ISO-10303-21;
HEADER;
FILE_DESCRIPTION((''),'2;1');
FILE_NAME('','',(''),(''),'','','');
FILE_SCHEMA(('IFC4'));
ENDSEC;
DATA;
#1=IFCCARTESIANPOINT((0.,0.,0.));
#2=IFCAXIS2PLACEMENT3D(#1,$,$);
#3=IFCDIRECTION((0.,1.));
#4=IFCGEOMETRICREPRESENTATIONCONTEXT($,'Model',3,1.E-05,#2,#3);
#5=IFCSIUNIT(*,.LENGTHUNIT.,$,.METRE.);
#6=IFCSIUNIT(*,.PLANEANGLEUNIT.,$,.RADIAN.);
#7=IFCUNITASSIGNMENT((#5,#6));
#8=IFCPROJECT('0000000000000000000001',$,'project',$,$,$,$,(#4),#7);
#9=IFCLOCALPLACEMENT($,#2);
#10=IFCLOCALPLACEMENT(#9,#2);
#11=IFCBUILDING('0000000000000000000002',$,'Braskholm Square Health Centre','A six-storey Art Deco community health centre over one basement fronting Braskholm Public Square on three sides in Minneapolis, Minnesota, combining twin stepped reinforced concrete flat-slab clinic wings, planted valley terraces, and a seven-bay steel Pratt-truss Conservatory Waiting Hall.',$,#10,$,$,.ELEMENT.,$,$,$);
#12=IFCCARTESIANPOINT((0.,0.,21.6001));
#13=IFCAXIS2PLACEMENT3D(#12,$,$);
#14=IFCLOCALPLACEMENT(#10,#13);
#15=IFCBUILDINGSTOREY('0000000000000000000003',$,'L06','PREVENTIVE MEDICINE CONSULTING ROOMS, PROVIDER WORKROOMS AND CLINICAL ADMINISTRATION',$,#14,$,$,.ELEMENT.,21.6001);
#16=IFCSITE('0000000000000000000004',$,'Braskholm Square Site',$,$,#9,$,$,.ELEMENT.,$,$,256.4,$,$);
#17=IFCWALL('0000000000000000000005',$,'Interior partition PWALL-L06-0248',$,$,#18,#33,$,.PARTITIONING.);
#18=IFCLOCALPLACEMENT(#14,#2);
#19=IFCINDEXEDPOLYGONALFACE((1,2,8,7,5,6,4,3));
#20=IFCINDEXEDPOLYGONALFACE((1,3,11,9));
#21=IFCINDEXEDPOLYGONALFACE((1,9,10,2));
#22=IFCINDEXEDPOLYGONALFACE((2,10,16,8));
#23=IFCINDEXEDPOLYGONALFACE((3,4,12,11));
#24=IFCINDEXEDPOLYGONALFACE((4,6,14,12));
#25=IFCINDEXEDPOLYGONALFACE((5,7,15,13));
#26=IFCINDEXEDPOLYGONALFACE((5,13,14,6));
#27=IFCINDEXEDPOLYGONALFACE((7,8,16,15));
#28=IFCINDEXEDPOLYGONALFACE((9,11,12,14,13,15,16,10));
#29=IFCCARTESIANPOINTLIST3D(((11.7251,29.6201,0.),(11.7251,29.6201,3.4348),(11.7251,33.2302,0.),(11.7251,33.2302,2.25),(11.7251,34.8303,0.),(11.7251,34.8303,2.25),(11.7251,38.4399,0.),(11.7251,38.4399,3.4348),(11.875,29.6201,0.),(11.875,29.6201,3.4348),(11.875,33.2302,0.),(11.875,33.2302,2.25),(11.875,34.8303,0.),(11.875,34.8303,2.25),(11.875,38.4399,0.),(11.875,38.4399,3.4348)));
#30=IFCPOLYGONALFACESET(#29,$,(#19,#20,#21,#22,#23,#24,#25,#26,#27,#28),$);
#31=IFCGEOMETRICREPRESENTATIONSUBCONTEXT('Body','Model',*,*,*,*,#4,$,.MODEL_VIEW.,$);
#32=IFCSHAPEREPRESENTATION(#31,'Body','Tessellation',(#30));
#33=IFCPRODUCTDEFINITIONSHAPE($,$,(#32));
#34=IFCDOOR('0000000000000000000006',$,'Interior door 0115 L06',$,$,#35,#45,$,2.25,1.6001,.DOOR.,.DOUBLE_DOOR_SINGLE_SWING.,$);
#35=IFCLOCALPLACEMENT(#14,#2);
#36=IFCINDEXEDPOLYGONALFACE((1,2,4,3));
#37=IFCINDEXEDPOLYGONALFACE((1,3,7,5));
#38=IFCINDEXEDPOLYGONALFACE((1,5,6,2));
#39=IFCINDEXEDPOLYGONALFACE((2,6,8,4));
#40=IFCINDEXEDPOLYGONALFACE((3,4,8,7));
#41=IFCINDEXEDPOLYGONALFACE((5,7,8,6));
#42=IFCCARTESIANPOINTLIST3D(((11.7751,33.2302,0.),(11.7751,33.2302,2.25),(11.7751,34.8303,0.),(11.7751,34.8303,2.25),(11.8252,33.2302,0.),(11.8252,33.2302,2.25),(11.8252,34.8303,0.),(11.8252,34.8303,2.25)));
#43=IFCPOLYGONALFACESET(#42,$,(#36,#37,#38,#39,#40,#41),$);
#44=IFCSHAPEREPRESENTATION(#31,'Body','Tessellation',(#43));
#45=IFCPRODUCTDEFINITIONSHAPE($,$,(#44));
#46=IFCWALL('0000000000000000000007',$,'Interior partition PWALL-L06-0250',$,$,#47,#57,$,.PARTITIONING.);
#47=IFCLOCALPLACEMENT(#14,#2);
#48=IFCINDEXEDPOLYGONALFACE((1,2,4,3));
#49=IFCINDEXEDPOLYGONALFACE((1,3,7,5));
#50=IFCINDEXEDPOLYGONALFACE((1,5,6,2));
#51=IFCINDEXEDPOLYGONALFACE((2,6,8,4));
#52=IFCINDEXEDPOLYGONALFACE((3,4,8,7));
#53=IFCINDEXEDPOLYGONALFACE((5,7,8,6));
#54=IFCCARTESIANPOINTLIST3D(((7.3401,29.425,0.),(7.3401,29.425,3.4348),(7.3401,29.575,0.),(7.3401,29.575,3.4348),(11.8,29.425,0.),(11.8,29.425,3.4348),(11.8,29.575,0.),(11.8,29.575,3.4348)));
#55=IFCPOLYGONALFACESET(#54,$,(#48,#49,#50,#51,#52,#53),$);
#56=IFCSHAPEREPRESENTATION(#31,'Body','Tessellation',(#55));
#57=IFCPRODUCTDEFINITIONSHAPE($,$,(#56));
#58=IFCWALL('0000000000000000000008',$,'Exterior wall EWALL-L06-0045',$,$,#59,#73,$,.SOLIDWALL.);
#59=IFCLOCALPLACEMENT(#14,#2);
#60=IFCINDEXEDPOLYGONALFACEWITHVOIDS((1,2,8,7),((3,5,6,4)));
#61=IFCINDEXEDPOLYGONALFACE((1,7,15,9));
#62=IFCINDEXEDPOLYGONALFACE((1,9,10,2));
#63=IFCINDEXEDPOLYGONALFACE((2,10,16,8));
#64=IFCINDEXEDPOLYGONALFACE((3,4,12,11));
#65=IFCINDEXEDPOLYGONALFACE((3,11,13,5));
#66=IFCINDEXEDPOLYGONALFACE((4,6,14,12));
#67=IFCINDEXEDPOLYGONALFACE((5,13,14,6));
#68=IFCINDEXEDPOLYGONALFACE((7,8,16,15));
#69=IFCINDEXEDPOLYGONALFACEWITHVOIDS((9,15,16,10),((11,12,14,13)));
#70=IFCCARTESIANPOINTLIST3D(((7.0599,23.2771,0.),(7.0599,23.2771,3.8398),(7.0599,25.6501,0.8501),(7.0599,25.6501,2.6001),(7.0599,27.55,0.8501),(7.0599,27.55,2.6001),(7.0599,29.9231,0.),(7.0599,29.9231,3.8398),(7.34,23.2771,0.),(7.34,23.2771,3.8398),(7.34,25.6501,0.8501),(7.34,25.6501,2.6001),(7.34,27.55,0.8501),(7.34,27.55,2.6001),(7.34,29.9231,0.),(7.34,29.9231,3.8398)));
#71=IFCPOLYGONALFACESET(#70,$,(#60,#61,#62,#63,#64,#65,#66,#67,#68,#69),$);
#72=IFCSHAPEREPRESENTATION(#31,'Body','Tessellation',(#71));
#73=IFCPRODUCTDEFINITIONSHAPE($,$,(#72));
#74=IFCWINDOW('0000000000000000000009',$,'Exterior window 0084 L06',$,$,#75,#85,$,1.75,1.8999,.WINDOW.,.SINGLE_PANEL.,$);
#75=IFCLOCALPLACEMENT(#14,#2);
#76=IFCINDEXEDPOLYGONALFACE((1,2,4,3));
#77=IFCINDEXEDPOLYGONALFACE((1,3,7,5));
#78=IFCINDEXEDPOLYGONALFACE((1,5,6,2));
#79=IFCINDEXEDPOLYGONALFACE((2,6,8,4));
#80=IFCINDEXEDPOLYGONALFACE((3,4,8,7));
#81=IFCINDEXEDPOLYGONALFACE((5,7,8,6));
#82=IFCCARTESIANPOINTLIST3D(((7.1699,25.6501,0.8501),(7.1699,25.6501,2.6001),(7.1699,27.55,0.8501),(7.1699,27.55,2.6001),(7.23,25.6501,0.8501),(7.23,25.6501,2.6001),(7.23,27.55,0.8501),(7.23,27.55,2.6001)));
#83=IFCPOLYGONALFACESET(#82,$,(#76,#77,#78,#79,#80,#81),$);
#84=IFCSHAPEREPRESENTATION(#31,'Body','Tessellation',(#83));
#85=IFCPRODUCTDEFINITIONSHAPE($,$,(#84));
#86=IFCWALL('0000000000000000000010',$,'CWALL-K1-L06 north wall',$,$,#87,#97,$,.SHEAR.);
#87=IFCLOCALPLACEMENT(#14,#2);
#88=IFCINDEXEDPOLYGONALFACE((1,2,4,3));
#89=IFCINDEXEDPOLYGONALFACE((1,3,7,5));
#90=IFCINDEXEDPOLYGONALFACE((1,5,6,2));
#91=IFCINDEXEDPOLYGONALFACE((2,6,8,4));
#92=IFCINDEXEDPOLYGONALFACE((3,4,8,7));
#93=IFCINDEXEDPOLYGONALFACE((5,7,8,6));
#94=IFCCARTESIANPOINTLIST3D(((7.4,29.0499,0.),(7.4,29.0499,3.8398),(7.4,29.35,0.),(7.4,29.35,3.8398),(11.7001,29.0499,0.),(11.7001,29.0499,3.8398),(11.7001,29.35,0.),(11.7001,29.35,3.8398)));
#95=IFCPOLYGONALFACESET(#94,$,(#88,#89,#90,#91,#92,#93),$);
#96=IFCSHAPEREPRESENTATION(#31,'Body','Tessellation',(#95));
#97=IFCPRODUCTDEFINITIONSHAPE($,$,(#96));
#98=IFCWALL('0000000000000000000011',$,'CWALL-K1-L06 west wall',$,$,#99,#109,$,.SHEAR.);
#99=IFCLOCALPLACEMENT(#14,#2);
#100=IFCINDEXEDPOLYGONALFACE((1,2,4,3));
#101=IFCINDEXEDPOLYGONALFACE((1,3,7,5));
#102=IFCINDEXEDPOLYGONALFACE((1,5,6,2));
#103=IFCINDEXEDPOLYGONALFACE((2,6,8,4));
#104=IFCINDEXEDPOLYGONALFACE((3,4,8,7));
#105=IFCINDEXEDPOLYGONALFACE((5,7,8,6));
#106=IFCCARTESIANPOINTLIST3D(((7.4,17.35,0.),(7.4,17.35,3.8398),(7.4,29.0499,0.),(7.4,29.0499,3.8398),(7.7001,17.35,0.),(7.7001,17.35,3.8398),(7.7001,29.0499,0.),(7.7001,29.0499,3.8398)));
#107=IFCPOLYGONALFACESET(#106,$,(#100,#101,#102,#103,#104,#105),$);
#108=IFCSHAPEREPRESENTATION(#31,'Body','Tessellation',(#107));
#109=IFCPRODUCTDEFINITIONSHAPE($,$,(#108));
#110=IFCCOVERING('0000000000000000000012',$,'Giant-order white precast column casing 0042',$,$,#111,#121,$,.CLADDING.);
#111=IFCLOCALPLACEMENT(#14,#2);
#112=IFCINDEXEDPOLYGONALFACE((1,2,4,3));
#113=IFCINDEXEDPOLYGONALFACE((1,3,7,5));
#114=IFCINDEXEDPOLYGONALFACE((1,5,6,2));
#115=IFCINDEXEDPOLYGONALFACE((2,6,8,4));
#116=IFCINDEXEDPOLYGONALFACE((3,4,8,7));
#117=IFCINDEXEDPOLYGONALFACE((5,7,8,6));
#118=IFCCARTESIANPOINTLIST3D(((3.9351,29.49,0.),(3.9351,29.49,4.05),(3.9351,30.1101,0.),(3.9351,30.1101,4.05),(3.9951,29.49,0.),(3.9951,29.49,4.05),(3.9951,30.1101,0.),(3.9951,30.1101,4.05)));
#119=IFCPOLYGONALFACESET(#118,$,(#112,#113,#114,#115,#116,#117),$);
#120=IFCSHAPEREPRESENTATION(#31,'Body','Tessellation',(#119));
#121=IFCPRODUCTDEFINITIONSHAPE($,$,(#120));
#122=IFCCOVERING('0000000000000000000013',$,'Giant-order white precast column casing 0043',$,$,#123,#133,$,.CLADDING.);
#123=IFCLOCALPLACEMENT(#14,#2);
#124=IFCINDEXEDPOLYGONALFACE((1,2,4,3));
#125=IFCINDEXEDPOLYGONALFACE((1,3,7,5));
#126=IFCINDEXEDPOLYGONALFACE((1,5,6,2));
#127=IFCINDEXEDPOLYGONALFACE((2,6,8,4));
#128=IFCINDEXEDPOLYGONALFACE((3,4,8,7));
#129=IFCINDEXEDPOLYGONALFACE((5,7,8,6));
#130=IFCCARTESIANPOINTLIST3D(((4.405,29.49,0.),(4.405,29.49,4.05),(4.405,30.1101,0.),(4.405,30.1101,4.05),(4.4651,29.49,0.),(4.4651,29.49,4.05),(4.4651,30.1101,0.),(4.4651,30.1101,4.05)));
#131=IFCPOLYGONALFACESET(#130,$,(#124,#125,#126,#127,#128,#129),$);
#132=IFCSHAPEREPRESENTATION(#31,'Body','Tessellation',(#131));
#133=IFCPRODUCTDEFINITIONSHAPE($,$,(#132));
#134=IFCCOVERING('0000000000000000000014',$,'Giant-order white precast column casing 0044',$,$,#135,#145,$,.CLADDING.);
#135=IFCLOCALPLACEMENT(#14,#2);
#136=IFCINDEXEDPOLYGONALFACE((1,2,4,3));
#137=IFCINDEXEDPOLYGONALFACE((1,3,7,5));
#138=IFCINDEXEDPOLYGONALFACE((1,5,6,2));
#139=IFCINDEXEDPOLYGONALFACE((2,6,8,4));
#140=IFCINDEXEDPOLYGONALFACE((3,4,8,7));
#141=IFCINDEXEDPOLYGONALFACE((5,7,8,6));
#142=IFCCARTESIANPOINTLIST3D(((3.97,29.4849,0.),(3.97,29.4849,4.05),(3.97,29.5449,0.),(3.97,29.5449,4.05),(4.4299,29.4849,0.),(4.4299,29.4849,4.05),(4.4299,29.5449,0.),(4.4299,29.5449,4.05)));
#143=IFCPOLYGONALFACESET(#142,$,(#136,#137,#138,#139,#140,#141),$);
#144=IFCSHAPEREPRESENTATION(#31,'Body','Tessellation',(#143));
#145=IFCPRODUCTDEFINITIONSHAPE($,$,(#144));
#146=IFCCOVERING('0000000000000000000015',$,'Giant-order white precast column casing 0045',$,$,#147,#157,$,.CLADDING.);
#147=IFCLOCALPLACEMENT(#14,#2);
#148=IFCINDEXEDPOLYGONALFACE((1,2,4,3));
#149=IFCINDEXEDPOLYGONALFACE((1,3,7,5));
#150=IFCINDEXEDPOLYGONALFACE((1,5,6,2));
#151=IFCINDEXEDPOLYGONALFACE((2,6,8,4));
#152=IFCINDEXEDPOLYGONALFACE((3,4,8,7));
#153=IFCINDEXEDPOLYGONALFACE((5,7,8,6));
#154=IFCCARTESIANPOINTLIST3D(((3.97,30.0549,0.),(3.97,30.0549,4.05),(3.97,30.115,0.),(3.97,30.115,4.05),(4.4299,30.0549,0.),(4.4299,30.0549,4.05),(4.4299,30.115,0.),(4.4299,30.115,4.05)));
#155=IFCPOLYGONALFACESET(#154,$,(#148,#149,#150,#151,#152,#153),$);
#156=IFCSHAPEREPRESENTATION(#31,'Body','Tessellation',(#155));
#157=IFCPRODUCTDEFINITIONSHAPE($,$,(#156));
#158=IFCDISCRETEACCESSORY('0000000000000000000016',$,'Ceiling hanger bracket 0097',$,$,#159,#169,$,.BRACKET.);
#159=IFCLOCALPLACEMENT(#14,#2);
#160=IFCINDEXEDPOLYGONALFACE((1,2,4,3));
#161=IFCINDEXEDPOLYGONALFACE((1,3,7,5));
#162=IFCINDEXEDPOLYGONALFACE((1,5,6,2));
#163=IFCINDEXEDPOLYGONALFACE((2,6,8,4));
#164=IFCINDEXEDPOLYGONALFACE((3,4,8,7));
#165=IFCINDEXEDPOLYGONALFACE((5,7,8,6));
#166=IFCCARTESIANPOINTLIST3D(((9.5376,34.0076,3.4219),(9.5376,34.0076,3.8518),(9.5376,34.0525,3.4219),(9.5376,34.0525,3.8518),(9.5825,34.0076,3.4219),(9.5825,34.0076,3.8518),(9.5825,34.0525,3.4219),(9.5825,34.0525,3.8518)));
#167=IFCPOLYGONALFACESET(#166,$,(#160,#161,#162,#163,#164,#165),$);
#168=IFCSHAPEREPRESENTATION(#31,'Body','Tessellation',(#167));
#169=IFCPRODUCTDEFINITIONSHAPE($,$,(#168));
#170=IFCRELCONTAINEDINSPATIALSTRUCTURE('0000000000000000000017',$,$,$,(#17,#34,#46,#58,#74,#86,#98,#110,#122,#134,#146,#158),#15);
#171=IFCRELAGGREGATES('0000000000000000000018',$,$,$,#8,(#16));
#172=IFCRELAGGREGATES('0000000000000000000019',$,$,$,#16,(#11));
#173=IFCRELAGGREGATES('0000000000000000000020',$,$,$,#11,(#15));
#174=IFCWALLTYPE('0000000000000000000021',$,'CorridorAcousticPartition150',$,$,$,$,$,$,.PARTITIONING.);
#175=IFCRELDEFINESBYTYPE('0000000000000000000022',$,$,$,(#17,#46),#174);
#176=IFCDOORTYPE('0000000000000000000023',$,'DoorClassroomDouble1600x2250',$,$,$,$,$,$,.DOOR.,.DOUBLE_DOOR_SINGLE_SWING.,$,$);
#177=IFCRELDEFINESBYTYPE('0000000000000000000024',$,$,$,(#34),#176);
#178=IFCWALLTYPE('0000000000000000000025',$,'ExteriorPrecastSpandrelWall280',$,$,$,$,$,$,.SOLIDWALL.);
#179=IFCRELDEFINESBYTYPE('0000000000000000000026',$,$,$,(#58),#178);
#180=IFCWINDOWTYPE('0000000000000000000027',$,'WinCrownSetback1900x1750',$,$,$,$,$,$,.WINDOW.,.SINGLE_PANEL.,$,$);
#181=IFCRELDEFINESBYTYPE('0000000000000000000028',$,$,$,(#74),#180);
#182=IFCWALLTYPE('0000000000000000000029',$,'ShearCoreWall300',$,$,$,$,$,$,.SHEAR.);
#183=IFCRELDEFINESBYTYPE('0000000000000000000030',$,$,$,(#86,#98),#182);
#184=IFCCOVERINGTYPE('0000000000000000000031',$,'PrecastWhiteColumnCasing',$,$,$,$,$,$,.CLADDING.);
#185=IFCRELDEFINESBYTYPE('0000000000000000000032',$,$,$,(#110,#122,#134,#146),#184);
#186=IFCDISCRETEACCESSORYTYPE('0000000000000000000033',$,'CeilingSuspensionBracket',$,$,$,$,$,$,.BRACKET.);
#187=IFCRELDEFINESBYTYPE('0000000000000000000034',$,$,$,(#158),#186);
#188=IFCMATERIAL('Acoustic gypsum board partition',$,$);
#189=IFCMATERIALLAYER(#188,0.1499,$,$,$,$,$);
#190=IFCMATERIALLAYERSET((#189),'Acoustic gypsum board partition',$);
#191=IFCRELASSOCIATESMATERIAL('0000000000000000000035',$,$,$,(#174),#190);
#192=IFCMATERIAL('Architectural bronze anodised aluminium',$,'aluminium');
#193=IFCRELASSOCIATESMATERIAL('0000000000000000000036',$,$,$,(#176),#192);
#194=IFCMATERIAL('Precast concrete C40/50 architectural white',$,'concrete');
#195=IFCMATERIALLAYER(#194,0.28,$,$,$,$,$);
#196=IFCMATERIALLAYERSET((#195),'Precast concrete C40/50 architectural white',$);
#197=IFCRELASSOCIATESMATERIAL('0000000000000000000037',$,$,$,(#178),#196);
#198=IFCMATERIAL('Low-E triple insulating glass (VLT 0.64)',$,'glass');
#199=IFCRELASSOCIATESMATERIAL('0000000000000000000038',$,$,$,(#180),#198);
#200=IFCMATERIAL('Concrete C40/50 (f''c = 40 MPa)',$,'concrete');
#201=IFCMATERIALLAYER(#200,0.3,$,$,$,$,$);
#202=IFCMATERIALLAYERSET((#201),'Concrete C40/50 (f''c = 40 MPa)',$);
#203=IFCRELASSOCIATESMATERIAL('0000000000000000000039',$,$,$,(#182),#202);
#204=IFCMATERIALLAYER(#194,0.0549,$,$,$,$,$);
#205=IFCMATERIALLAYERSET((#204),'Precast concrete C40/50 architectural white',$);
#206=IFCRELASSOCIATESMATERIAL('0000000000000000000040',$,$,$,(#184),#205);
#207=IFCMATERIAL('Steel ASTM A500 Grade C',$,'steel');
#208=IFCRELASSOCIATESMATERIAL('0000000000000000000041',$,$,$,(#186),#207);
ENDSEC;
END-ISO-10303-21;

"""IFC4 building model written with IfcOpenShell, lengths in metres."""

from ifc_helpers import new_model, si_unit, direction, frame, frame_2d, origin, origin_with_axes, origin_2d, place, context, subcontext, project, spatial, rectangle, extrude, material, layer, layer_set, type_object, element, fill, save


model = new_model("IFC4")

# Units and contexts
model_context = context("Model", 3, precision=1e-05, world=origin(), true_north=direction((0.0, 1.0)))
body_context = subcontext(model_context, "Body", "Model", "MODEL_VIEW")
ifc_project = project(units=[si_unit("LENGTHUNIT", "METRE"), si_unit("PLANEANGLEUNIT", "RADIAN")], contexts=[model_context])

# Site, building, storey
site_placement = place(None, origin())
site = spatial("IfcSite", under=ifc_project, at=site_placement, Name="Braskholm Square Site", CompositionType="ELEMENT", RefElevation=256.4)
building_placement = place(site_placement, origin())
building = spatial("IfcBuilding", under=site, at=building_placement, Name="Braskholm Square Health Centre", Description="A six-storey Art Deco community health centre over one basement fronting Braskholm Public Square on three sides in Minneapolis, Minnesota, combining twin stepped reinforced concrete flat-slab clinic wings, planted valley terraces, and a seven-bay steel Pratt-truss Conservatory Waiting Hall.", CompositionType="ELEMENT")
storey_placement = place(building_placement, frame((0.0, 0.0, 21.6001)))
storey = spatial("IfcBuildingStorey", under=building, at=storey_placement, Name="L06", Description="PREVENTIVE MEDICINE CONSULTING ROOMS, PROVIDER WORKROOMS AND CLINICAL ADMINISTRATION", CompositionType="ELEMENT", Elevation=21.6001)

# Shared definitions
ifc_material_1 = material(Name="Concrete C40/50 (f'c = 40 MPa)", Category="concrete")
ifc_material_2 = material(Name="Precast concrete C40/50 architectural white", Category="concrete")

# Shared definitions
ifc_material_3 = material(Name="Low-E triple insulating glass (VLT 0.64)", Category="glass")
ifc_material_4 = material(Name="Architectural bronze anodised aluminium", Category="aluminium")

# Wall, opening, door
ifc_material_5 = material(Name="Acoustic gypsum board partition")
ifc_layer_1 = layer(ifc_material_5, 0.1499)
ifc_layer_set_1 = layer_set([ifc_layer_1], Name="Acoustic gypsum board partition")
wall_type_1 = type_object("IfcWallType", Name="CorridorAcousticPartition150", PredefinedType="PARTITIONING", material=ifc_layer_set_1)
wall_1_placement = place(storey_placement, frame((11.8, 29.6201, 0.0), z_axis=(0.0, 0.0, 1.0), x_axis=(0.0, 1.0, 0.0)))
wall_1 = element("IfcWall", 1, at=wall_1_placement, inside=storey, type_object=wall_type_1, Name="Interior partition PWALL-L06-0248", PredefinedType="PARTITIONING", context=body_context, shape_type="SweptSolid", body=[
    extrude(rectangle(XDim=8.8198, YDim=0.1499, at=frame_2d((4.4099, 0.0))), origin(), (0.0, 0.0, 1.0), 3.4348),
])
opening_1_placement = place(wall_1_placement, frame((3.6101, 0.0, 0.0)))
opening_1 = element("IfcOpeningElement", 2, at=opening_1_placement, cuts=wall_1, PredefinedType="OPENING", context=body_context, shape_type="SweptSolid", body=[
    extrude(rectangle(XDim=1.6001, YDim=2.25, at=frame_2d((0.8, 1.125))), frame((0.0, 0.085, 0.0), z_axis=(0.0, -1.0, 0.0), x_axis=(1.0, 0.0, 0.0)), (0.0, 0.0, 1.0), 0.1699),
])
door_type = type_object("IfcDoorType", Name="DoorClassroomDouble1600x2250", OperationType="DOUBLE_DOOR_SINGLE_SWING", PredefinedType="DOOR", material=ifc_material_4)
door_placement = place(opening_1_placement, origin_with_axes())
door = element("IfcDoor", 3, at=door_placement, inside=storey, type_object=door_type, Name="Interior door 0115 L06", OperationType="DOUBLE_DOOR_SINGLE_SWING", OverallHeight=2.25, OverallWidth=1.6001, PredefinedType="DOOR", context=body_context, shape_type="SweptSolid", body=[
    extrude(rectangle(XDim=1.6001, YDim=2.25, at=frame_2d((0.8, 1.125))), frame((0.0, 0.0249, 0.0), z_axis=(0.0, -1.0, 0.0), x_axis=(1.0, 0.0, 0.0)), (0.0, 0.0, 1.0), 0.05),
])
fill(opening_1, door)

# Wall
wall_2_placement = place(storey_placement, frame((7.3401, 29.5, 0.0), z_axis=(0.0, 0.0, 1.0), x_axis=(1.0, 0.0, 0.0)))
element("IfcWall", 4, at=wall_2_placement, inside=storey, type_object=wall_type_1, Name="Interior partition PWALL-L06-0250", PredefinedType="PARTITIONING", context=body_context, shape_type="SweptSolid", body=[
    extrude(rectangle(XDim=4.46, YDim=0.1499, at=frame_2d((2.23, 0.0))), origin(), (0.0, 0.0, 1.0), 3.4348),
])

# Wall, opening, window
ifc_layer_2 = layer(ifc_material_2, 0.28)
ifc_layer_set_2 = layer_set([ifc_layer_2], Name="Precast concrete C40/50 architectural white")
wall_type_2 = type_object("IfcWallType", Name="ExteriorPrecastSpandrelWall280", PredefinedType="SOLIDWALL", material=ifc_layer_set_2)
wall_3_placement = place(storey_placement, frame((7.2, 29.9231, 0.0), z_axis=(0.0, 0.0, 1.0), x_axis=(0.0, -1.0, 0.0)))
wall_3 = element("IfcWall", 5, at=wall_3_placement, inside=storey, type_object=wall_type_2, Name="Exterior wall EWALL-L06-0045", PredefinedType="SOLIDWALL", context=body_context, shape_type="SweptSolid", body=[
    extrude(rectangle(XDim=6.646, YDim=0.28, at=frame_2d((3.323, 0.0))), origin(), (0.0, 0.0, 1.0), 3.8398),
])
opening_2_placement = place(wall_3_placement, frame((2.373, 0.0, 0.8501)))
opening_2 = element("IfcOpeningElement", 6, at=opening_2_placement, cuts=wall_3, PredefinedType="OPENING", context=body_context, shape_type="SweptSolid", body=[
    extrude(rectangle(XDim=1.8999, YDim=1.75, at=frame_2d((0.95, 0.875))), frame((0.0, 0.1499, 0.0), z_axis=(0.0, -1.0, 0.0), x_axis=(1.0, 0.0, 0.0)), (0.0, 0.0, 1.0), 0.3),
])
window_type = type_object("IfcWindowType", Name="WinCrownSetback1900x1750", PartitioningType="SINGLE_PANEL", PredefinedType="WINDOW", material=ifc_material_3)
window_placement = place(opening_2_placement, origin_with_axes())
window = element("IfcWindow", 7, at=window_placement, inside=storey, type_object=window_type, Name="Exterior window 0084 L06", OverallHeight=1.75, OverallWidth=1.8999, PartitioningType="SINGLE_PANEL", PredefinedType="WINDOW", context=body_context, shape_type="SweptSolid", body=[
    extrude(rectangle(XDim=1.8999, YDim=1.75, at=frame_2d((0.95, 0.875))), frame((0.0, 0.03, 0.0), z_axis=(0.0, -1.0, 0.0), x_axis=(1.0, 0.0, 0.0)), (0.0, 0.0, 1.0), 0.0601),
])
fill(opening_2, window)

# Walls
ifc_layer_3 = layer(ifc_material_1, 0.3)
ifc_layer_set_3 = layer_set([ifc_layer_3], Name="Concrete C40/50 (f'c = 40 MPa)")
wall_type_3 = type_object("IfcWallType", Name="ShearCoreWall300", PredefinedType="SHEAR", material=ifc_layer_set_3)
wall_4_placement = place(storey_placement, frame((11.7, 29.2, 0.0), z_axis=(0.0, 0.0, 1.0), x_axis=(-1.0, 0.0, 0.0)))
element("IfcWall", 8, at=wall_4_placement, inside=storey, type_object=wall_type_3, Name="CWALL-K1-L06 north wall", PredefinedType="SHEAR", context=body_context, shape_type="SweptSolid", body=[
    extrude(rectangle(XDim=4.3, YDim=0.3, at=frame_2d((2.1499, 0.0))), origin(), (0.0, 0.0, 1.0), 3.8398),
])
wall_5_placement = place(storey_placement, frame((7.55, 29.05, 0.0), z_axis=(0.0, 0.0, 1.0), x_axis=(0.0, -1.0, 0.0)))
element("IfcWall", 9, at=wall_5_placement, inside=storey, type_object=wall_type_3, Name="CWALL-K1-L06 west wall", PredefinedType="SHEAR", context=body_context, shape_type="SweptSolid", body=[
    extrude(rectangle(XDim=11.7, YDim=0.3, at=frame_2d((5.8501, 0.0))), origin(), (0.0, 0.0, 1.0), 3.8398),
])

# Coverings
ifc_layer_4 = layer(ifc_material_2, 0.0549)
ifc_layer_set_4 = layer_set([ifc_layer_4], Name="Precast concrete C40/50 architectural white")
covering_type = type_object("IfcCoveringType", Name="PrecastWhiteColumnCasing", PredefinedType="CLADDING", material=ifc_layer_set_4)
for number, where, z_axis, x_axis, name in (
    (10, (3.9651, 29.8, 0.0), (0.0, 0.0, 1.0), (1.0, 0.0, 0.0), "Giant-order white precast column casing 0042"),
    (11, (4.4351, 29.8, 0.0), (0.0, 0.0, 1.0), (1.0, 0.0, 0.0), "Giant-order white precast column casing 0043"),
):
    element("IfcCovering", number, at=place(storey_placement, frame(where, z_axis=z_axis, x_axis=x_axis)), inside=storey, type_object=covering_type, Name=name, PredefinedType="CLADDING", context=body_context, shape_type="SweptSolid", body=[
        extrude(rectangle(XDim=0.0601, YDim=0.6201, at=origin_2d()), origin(), (0.0, 0.0, 1.0), 4.05),
    ])
for number, where, z_axis, x_axis, name in (
    (12, (4.2, 29.5149, 0.0), (0.0, 0.0, 1.0), (1.0, 0.0, 0.0), "Giant-order white precast column casing 0044"),
    (13, (4.2, 30.085, 0.0), (0.0, 0.0, 1.0), (1.0, 0.0, 0.0), "Giant-order white precast column casing 0045"),
):
    element("IfcCovering", number, at=place(storey_placement, frame(where, z_axis=z_axis, x_axis=x_axis)), inside=storey, type_object=covering_type, Name=name, PredefinedType="CLADDING", context=body_context, shape_type="SweptSolid", body=[
        extrude(rectangle(XDim=0.46, YDim=0.0601, at=origin_2d()), origin(), (0.0, 0.0, 1.0), 4.05),
    ])

# Discrete accessory
ifc_material_6 = material(Name="Steel ASTM A500 Grade C", Category="steel")
discrete_accessory_type = type_object("IfcDiscreteAccessoryType", Name="CeilingSuspensionBracket", PredefinedType="BRACKET", material=ifc_material_6)
discrete_accessory_placement = place(storey_placement, frame((9.5601, 34.03, 3.4219), z_axis=(0.0, 0.0, 1.0), x_axis=(1.0, 0.0, 0.0)))
element("IfcDiscreteAccessory", 14, at=discrete_accessory_placement, inside=storey, type_object=discrete_accessory_type, Name="Ceiling hanger bracket 0097", PredefinedType="BRACKET", context=body_context, shape_type="SweptSolid", body=[
    extrude(rectangle(XDim=0.0449, YDim=0.0449, at=origin_2d()), origin(), (0.0, 0.0, 1.0), 0.4299),
])

save(model, "model.ifc")
